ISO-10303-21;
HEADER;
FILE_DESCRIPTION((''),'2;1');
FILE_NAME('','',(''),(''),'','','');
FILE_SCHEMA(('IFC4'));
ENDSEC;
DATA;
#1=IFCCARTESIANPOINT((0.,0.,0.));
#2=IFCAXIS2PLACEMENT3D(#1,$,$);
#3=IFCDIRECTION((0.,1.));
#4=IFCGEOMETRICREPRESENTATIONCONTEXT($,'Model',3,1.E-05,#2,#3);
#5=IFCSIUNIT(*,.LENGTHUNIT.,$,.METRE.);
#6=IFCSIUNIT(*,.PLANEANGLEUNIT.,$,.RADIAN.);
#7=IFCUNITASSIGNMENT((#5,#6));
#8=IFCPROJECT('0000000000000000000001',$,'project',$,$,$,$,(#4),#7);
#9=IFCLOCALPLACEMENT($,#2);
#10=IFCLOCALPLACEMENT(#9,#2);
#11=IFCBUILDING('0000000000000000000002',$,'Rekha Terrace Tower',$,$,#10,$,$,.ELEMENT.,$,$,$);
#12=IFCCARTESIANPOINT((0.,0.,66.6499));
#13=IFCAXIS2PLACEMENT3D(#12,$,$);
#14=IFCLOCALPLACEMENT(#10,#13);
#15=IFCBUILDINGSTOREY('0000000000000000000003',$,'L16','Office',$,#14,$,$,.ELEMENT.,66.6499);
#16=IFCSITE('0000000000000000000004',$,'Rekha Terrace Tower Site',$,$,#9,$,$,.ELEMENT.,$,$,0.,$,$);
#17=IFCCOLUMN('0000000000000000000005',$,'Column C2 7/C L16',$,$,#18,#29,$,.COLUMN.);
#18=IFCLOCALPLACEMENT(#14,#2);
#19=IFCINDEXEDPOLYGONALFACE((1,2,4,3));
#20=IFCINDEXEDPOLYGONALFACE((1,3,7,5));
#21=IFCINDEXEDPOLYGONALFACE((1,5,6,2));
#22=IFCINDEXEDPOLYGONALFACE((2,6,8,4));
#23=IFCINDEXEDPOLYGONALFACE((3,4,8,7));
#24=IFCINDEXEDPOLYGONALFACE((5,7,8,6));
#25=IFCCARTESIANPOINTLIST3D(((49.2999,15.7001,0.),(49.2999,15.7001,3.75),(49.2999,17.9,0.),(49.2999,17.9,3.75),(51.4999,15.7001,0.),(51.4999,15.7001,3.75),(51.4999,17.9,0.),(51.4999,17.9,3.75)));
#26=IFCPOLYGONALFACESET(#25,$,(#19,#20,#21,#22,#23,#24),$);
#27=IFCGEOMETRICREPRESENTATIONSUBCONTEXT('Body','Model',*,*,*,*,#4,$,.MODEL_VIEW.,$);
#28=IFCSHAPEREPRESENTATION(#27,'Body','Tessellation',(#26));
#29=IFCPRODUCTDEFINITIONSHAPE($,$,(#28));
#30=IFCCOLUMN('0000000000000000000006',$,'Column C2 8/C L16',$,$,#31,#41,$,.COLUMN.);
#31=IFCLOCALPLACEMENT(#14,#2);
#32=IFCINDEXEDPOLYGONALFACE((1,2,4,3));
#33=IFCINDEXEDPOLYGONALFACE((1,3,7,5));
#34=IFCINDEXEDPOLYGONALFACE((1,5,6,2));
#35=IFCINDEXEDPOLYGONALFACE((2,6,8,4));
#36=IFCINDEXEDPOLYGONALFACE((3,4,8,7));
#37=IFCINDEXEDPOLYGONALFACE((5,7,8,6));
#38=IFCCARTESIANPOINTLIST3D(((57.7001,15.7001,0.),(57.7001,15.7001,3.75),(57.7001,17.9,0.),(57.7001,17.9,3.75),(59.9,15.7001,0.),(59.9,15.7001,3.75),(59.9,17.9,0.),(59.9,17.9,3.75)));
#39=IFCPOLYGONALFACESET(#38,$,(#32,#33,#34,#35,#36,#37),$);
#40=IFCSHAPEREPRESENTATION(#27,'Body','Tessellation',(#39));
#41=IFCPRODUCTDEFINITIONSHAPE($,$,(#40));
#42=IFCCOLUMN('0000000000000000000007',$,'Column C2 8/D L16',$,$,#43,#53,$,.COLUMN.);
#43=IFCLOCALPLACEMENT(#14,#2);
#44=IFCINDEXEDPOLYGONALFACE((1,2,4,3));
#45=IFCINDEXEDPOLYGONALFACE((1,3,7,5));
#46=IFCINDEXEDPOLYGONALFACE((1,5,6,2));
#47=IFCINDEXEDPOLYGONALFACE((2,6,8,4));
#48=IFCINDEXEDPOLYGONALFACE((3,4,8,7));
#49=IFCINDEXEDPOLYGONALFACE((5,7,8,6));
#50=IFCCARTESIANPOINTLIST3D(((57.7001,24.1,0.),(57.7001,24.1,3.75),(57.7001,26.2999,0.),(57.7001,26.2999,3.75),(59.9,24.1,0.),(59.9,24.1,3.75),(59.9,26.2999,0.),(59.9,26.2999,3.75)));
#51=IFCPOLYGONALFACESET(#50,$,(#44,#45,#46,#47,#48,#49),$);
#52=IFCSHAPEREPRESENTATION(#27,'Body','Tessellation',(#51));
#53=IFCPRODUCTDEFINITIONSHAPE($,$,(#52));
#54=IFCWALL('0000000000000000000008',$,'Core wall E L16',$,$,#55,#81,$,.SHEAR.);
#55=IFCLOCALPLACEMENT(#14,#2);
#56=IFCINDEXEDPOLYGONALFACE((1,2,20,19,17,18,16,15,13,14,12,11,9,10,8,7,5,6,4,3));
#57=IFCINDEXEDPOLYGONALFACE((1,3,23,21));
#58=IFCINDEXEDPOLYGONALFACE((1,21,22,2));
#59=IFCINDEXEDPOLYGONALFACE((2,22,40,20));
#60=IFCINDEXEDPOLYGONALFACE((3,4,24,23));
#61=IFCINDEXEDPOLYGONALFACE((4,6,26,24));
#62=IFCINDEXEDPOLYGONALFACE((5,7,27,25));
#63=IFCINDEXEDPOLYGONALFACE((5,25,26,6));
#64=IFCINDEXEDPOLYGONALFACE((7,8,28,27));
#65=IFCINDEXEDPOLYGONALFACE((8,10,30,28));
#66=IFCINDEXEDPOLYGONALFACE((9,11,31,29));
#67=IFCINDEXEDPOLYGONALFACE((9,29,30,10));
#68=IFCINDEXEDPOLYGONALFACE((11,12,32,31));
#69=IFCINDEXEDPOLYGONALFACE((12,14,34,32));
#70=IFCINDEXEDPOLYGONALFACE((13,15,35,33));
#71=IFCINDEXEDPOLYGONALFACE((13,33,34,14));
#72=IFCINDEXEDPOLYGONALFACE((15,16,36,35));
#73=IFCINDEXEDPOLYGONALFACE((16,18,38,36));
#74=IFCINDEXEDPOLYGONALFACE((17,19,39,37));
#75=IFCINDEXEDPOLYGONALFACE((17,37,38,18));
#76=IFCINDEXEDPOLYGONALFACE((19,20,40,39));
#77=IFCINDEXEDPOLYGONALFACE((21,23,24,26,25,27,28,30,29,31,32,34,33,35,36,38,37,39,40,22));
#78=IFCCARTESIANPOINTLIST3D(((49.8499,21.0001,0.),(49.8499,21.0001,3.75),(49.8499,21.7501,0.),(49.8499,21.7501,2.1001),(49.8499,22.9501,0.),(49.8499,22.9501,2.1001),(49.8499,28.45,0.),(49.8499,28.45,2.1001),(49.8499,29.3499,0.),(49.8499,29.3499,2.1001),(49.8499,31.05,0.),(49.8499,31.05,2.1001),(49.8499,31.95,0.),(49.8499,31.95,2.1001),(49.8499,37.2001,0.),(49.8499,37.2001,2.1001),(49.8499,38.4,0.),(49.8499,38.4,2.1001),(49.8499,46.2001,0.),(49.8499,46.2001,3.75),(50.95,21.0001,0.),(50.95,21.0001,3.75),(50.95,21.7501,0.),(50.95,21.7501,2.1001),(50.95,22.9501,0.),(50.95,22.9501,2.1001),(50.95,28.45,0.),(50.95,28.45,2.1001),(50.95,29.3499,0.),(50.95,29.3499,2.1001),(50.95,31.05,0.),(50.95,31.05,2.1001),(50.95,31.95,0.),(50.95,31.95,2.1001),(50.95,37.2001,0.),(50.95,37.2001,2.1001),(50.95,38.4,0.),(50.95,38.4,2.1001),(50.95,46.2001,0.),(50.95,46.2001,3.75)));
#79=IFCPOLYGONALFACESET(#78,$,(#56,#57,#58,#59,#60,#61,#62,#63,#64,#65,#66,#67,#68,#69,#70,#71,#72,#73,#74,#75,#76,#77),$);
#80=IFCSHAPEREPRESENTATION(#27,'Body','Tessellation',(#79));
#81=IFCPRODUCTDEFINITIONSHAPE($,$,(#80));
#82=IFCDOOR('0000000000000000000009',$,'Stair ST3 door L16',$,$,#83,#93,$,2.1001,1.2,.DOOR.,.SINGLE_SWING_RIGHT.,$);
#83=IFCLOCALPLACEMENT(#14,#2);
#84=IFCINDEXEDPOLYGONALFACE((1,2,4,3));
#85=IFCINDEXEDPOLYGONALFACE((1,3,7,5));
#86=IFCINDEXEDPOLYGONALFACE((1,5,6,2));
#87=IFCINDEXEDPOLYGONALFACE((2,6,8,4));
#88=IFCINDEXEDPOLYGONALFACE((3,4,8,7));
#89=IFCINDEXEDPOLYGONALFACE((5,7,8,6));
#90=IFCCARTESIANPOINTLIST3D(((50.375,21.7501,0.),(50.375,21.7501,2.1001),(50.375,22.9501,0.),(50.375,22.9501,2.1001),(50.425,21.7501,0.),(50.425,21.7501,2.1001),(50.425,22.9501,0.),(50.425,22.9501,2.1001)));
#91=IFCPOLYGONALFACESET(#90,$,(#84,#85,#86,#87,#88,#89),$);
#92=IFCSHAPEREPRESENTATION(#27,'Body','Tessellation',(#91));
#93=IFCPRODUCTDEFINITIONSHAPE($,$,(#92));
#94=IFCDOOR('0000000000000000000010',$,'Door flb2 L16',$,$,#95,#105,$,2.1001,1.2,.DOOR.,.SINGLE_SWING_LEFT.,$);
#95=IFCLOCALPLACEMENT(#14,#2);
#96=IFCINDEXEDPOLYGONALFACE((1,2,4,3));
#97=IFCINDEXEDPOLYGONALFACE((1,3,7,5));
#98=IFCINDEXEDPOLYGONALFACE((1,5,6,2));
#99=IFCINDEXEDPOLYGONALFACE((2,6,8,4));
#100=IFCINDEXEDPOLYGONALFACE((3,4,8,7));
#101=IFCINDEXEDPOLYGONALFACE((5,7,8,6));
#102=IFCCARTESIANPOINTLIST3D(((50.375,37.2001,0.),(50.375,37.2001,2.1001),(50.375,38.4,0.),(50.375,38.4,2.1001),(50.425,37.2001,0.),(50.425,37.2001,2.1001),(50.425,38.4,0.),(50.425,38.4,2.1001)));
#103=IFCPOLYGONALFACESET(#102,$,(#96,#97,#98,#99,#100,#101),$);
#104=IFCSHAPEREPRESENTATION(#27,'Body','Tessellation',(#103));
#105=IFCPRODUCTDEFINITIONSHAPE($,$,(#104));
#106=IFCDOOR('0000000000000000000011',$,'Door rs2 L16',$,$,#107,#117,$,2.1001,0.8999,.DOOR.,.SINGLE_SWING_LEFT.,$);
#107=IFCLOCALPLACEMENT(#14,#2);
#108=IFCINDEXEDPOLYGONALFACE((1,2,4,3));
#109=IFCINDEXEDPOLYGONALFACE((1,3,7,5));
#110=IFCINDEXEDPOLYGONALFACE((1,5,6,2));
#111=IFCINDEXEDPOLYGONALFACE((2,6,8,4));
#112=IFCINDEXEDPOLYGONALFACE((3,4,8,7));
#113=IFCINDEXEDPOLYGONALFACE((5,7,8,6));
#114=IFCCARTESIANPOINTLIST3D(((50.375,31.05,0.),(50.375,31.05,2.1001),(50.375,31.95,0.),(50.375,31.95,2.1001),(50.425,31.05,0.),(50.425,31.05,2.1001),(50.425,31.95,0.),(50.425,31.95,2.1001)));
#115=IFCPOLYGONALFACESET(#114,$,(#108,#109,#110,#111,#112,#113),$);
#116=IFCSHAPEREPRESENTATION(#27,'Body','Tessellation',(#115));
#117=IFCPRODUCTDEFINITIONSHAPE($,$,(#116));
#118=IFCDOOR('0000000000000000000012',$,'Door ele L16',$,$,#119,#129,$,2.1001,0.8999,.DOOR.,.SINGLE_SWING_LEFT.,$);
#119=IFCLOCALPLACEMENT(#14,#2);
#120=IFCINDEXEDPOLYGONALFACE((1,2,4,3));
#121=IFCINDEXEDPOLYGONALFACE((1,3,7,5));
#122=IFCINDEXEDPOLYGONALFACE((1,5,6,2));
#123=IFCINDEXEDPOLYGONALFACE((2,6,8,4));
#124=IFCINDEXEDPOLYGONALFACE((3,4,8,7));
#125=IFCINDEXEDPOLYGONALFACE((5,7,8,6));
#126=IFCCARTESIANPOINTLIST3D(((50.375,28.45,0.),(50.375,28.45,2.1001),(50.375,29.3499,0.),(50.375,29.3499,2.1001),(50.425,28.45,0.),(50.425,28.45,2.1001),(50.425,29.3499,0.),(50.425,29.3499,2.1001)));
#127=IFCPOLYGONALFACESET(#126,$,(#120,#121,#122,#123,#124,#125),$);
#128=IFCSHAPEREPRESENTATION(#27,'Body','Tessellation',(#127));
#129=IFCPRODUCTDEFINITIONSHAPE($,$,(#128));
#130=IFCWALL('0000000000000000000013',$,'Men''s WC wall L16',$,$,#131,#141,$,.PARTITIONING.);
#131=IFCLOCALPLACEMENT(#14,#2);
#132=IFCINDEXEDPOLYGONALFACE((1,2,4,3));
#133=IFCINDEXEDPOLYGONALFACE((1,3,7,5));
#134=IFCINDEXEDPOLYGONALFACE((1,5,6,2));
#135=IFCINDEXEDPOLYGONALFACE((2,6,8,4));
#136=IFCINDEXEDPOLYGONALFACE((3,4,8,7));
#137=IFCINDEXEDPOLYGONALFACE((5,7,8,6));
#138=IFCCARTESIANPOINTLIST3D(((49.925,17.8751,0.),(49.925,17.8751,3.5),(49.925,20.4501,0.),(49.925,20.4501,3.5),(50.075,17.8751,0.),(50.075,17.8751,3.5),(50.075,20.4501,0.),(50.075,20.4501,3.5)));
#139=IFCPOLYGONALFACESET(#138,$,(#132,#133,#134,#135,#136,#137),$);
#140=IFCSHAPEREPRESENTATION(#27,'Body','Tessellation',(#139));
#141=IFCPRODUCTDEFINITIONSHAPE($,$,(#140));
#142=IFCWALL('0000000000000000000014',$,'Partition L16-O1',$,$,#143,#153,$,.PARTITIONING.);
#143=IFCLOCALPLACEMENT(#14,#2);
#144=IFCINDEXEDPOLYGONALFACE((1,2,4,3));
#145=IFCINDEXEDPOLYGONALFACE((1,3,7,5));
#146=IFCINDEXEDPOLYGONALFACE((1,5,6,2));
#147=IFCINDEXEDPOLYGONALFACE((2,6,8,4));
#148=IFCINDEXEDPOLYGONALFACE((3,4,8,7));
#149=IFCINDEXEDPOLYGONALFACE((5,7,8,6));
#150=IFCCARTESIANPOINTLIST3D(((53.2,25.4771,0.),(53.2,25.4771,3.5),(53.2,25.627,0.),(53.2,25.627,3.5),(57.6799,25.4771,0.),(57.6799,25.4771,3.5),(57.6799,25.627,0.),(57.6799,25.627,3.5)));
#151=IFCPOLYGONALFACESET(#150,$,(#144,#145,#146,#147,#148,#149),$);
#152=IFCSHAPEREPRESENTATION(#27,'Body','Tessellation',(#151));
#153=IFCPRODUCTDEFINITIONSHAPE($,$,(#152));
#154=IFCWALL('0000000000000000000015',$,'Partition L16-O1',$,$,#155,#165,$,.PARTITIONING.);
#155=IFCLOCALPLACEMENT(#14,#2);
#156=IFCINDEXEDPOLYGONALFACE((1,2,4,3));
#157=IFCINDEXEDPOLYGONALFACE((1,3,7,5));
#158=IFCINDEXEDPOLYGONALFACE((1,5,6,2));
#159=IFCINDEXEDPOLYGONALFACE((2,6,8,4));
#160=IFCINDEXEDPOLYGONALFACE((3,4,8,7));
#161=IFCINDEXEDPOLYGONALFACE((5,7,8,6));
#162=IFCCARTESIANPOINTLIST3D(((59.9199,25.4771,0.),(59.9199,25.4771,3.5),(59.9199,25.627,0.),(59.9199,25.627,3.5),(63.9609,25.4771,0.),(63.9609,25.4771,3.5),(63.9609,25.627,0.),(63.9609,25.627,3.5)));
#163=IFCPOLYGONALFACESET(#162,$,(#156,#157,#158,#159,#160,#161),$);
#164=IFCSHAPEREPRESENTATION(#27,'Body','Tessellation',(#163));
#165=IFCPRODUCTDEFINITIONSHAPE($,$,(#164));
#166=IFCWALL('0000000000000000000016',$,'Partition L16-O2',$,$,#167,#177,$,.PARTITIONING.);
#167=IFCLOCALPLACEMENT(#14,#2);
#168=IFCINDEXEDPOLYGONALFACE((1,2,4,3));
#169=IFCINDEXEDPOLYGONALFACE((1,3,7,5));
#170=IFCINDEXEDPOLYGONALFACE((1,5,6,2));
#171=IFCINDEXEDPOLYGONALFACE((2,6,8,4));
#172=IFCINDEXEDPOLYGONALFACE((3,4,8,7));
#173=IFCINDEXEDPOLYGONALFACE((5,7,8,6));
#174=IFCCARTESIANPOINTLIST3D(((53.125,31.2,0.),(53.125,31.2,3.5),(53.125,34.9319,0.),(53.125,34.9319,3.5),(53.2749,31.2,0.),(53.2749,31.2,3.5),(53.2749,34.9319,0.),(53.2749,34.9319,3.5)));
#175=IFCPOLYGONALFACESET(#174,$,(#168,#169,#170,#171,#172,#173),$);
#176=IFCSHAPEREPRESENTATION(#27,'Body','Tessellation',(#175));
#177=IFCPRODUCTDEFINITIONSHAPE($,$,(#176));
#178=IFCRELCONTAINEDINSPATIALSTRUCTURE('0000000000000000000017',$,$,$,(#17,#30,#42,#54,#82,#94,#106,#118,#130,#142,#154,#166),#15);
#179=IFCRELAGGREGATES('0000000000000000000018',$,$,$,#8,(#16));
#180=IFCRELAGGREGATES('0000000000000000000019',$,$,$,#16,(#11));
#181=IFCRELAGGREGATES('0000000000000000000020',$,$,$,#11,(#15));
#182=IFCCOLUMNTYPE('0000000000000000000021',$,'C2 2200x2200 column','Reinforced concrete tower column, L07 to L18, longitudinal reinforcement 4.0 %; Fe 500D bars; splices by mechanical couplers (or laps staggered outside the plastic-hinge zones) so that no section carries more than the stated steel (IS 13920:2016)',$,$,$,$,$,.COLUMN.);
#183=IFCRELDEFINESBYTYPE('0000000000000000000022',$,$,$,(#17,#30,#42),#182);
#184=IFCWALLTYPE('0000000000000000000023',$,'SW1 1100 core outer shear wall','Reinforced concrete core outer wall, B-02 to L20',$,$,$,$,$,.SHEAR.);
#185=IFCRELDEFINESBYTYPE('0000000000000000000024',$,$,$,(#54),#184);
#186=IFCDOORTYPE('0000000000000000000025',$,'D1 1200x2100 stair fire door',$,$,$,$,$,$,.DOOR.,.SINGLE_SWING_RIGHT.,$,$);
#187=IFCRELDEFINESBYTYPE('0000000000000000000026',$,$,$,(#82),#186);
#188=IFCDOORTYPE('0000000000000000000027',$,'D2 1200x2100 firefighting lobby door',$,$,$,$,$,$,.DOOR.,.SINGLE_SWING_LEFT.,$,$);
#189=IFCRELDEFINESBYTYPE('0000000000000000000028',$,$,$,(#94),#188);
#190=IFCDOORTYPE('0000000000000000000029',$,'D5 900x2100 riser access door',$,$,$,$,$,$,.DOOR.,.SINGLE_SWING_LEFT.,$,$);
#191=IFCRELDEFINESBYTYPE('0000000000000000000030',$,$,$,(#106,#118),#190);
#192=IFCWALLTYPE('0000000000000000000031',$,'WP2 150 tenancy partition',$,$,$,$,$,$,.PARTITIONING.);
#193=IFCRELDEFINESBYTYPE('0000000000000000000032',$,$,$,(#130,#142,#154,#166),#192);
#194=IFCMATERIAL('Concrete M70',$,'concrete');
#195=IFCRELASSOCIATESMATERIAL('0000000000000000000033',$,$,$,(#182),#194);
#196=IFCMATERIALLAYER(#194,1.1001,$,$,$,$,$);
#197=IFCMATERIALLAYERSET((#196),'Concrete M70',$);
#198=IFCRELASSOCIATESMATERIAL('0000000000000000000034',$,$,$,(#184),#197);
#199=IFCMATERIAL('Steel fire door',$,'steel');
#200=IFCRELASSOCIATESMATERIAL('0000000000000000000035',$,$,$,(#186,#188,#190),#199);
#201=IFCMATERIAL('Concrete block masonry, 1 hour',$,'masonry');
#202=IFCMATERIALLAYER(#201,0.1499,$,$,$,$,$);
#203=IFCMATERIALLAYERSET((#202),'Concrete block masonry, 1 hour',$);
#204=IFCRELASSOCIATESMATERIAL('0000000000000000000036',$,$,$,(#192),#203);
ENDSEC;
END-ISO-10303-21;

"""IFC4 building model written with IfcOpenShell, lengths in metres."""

from ifc_helpers import new_model, si_unit, direction, frame, frame_2d, origin, origin_2d, place, context, subcontext, project, spatial, rectangle, extrude, material, layer, layer_set, material_profile, profile_set, type_object, element, fill, save


model = new_model("IFC4")

# Units and contexts
model_context = context("Model", 3, precision=1e-05, world=origin(), true_north=direction((0.0, 1.0)))
body_context = subcontext(model_context, "Body", "Model", "MODEL_VIEW")
ifc_project = project(units=[si_unit("LENGTHUNIT", "METRE"), si_unit("PLANEANGLEUNIT", "RADIAN")], contexts=[model_context])

# Site, building, storey
site_placement = place(None, origin())
site = spatial("IfcSite", under=ifc_project, at=site_placement, Name="Rekha Terrace Tower Site", CompositionType="ELEMENT", RefElevation=0.0)
building_placement = place(site_placement, origin())
building = spatial("IfcBuilding", under=site, at=building_placement, Name="Rekha Terrace Tower", CompositionType="ELEMENT")
storey_placement = place(building_placement, frame((0.0, 0.0, 66.6499)))
storey = spatial("IfcBuildingStorey", under=building, at=storey_placement, Name="L16", Description="Office", CompositionType="ELEMENT", Elevation=66.6499)

# Columns
ifc_material_1 = material(Name="Concrete M70", Category="concrete")
ifc_material_profile = material_profile(ifc_material_1, rectangle(XDim=2.2, YDim=2.2, at=origin_2d()), Name="RC 2200x2200")
ifc_profile_set = profile_set([ifc_material_profile], Name="Concrete M70")
column_type = type_object("IfcColumnType", Name="C2 2200x2200 column", Description="Reinforced concrete tower column, L07 to L18, longitudinal reinforcement 4.0 %; Fe 500D bars; splices by mechanical couplers (or laps staggered outside the plastic-hinge zones) so that no section carries more than the stated steel (IS 13920:2016)", PredefinedType="COLUMN", material=ifc_profile_set)
for number, where, z_axis, x_axis, name in (
    (1, (50.3999, 16.8, 0.0), (0.0, 0.0, 1.0), (1.0, 0.0, 0.0), "Column C2 7/C L16"),
    (2, (58.8, 16.8, 0.0), (0.0, 0.0, 1.0), (1.0, 0.0, 0.0), "Column C2 8/C L16"),
    (3, (58.8, 25.2, 0.0), (0.0, 0.0, 1.0), (1.0, 0.0, 0.0), "Column C2 8/D L16"),
):
    element("IfcColumn", number, at=place(storey_placement, frame(where, z_axis=z_axis, x_axis=x_axis)), inside=storey, type_object=column_type, Name=name, PredefinedType="COLUMN", context=body_context, shape_type="SweptSolid", body=[
        extrude(rectangle(XDim=2.2, YDim=2.2, at=origin_2d()), origin(), (0.0, 0.0, 1.0), 3.75),
    ])

# Wall, openings, doors
ifc_layer_1 = layer(ifc_material_1, 1.1001)
ifc_layer_set_1 = layer_set([ifc_layer_1], Name="Concrete M70")
wall_type_1 = type_object("IfcWallType", Name="SW1 1100 core outer shear wall", Description="Reinforced concrete core outer wall, B-02 to L20", PredefinedType="SHEAR", material=ifc_layer_set_1)
wall_1_placement = place(storey_placement, frame((50.3999, 21.0, 0.0), z_axis=(0.0, 0.0, 1.0), x_axis=(0.0, 1.0, 0.0)))
wall_1 = element("IfcWall", 4, at=wall_1_placement, inside=storey, type_object=wall_type_1, Name="Core wall E L16", PredefinedType="SHEAR", context=body_context, shape_type="SweptSolid", body=[
    extrude(rectangle(XDim=25.2, YDim=1.1001, at=frame_2d((12.6001, 0.0))), origin(), (0.0, 0.0, 1.0), 3.75),
])
opening_1_placement = place(wall_1_placement, frame((16.2, 0.0, 0.0)))
opening_1 = element("IfcOpeningElement", 5, at=opening_1_placement, cuts=wall_1, PredefinedType="OPENING", context=body_context, shape_type="SweptSolid", body=[
    extrude(rectangle(XDim=1.2, YDim=2.1001, at=frame_2d((0.6001, 1.05))), frame((0.0, 0.5601, 0.0), z_axis=(0.0, -1.0, 0.0), x_axis=(1.0, 0.0, 0.0)), (0.0, 0.0, 1.0), 1.1201),
])
opening_2_placement = place(wall_1_placement, frame((10.05, 0.0, 0.0)))
opening_2 = element("IfcOpeningElement", 6, at=opening_2_placement, cuts=wall_1, PredefinedType="OPENING", context=body_context, shape_type="SweptSolid", body=[
    extrude(rectangle(XDim=0.8999, YDim=2.1001, at=frame_2d((0.45, 1.05))), frame((0.0, 0.5601, 0.0), z_axis=(0.0, -1.0, 0.0), x_axis=(1.0, 0.0, 0.0)), (0.0, 0.0, 1.0), 1.1201),
])
opening_3_placement = place(wall_1_placement, frame((7.45, 0.0, 0.0)))
opening_3 = element("IfcOpeningElement", 7, at=opening_3_placement, cuts=wall_1, PredefinedType="OPENING", context=body_context, shape_type="SweptSolid", body=[
    extrude(rectangle(XDim=0.8999, YDim=2.1001, at=frame_2d((0.45, 1.05))), frame((0.0, 0.5601, 0.0), z_axis=(0.0, -1.0, 0.0), x_axis=(1.0, 0.0, 0.0)), (0.0, 0.0, 1.0), 1.1201),
])
opening_4_placement = place(wall_1_placement, frame((0.75, 0.0, 0.0)))
opening_4 = element("IfcOpeningElement", 8, at=opening_4_placement, cuts=wall_1, PredefinedType="OPENING", context=body_context, shape_type="SweptSolid", body=[
    extrude(rectangle(XDim=1.2, YDim=2.1001, at=frame_2d((0.6001, 1.05))), frame((0.0, 0.5601, 0.0), z_axis=(0.0, -1.0, 0.0), x_axis=(1.0, 0.0, 0.0)), (0.0, 0.0, 1.0), 1.1201),
])
ifc_material_2 = material(Name="Steel fire door", Category="steel")
door_type_1 = type_object("IfcDoorType", Name="D1 1200x2100 stair fire door", OperationType="SINGLE_SWING_RIGHT", PredefinedType="DOOR", material=ifc_material_2)
door_1_placement = place(opening_4_placement, origin())
door_1 = element("IfcDoor", 9, at=door_1_placement, inside=storey, type_object=door_type_1, Name="Stair ST3 door L16", OperationType="SINGLE_SWING_RIGHT", OverallHeight=2.1001, OverallWidth=1.2, PredefinedType="DOOR", context=body_context, shape_type="SweptSolid", body=[
    extrude(rectangle(XDim=1.2, YDim=2.1001, at=frame_2d((0.6001, 1.05))), frame((0.0, 0.0249, 0.0), z_axis=(0.0, -1.0, 0.0), x_axis=(1.0, 0.0, 0.0)), (0.0, 0.0, 1.0), 0.05),
])
fill(opening_4, door_1)
door_type_2 = type_object("IfcDoorType", Name="D2 1200x2100 firefighting lobby door", OperationType="SINGLE_SWING_LEFT", PredefinedType="DOOR", material=ifc_material_2)
door_2_placement = place(opening_1_placement, origin())
door_2 = element("IfcDoor", 10, at=door_2_placement, inside=storey, type_object=door_type_2, Name="Door flb2 L16", OperationType="SINGLE_SWING_LEFT", OverallHeight=2.1001, OverallWidth=1.2, PredefinedType="DOOR", context=body_context, shape_type="SweptSolid", body=[
    extrude(rectangle(XDim=1.2, YDim=2.1001, at=frame_2d((0.6001, 1.05))), frame((0.0, 0.0249, 0.0), z_axis=(0.0, -1.0, 0.0), x_axis=(1.0, 0.0, 0.0)), (0.0, 0.0, 1.0), 0.05),
])
fill(opening_1, door_2)
door_type_3 = type_object("IfcDoorType", Name="D5 900x2100 riser access door", OperationType="SINGLE_SWING_LEFT", PredefinedType="DOOR", material=ifc_material_2)
door_3_placement = place(opening_2_placement, origin())
door_3 = element("IfcDoor", 11, at=door_3_placement, inside=storey, type_object=door_type_3, Name="Door rs2 L16", OperationType="SINGLE_SWING_LEFT", OverallHeight=2.1001, OverallWidth=0.8999, PredefinedType="DOOR", context=body_context, shape_type="SweptSolid", body=[
    extrude(rectangle(XDim=0.8999, YDim=2.1001, at=frame_2d((0.45, 1.05))), frame((0.0, 0.0249, 0.0), z_axis=(0.0, -1.0, 0.0), x_axis=(1.0, 0.0, 0.0)), (0.0, 0.0, 1.0), 0.05),
])
fill(opening_2, door_3)
door_4_placement = place(opening_3_placement, origin())
door_4 = element("IfcDoor", 12, at=door_4_placement, inside=storey, type_object=door_type_3, Name="Door ele L16", OperationType="SINGLE_SWING_LEFT", OverallHeight=2.1001, OverallWidth=0.8999, PredefinedType="DOOR", context=body_context, shape_type="SweptSolid", body=[
    extrude(rectangle(XDim=0.8999, YDim=2.1001, at=frame_2d((0.45, 1.05))), frame((0.0, 0.0249, 0.0), z_axis=(0.0, -1.0, 0.0), x_axis=(1.0, 0.0, 0.0)), (0.0, 0.0, 1.0), 0.05),
])
fill(opening_3, door_4)

# Walls
ifc_material_3 = material(Name="Concrete block masonry, 1 hour", Category="masonry")
ifc_layer_2 = layer(ifc_material_3, 0.1499)
ifc_layer_set_2 = layer_set([ifc_layer_2], Name="Concrete block masonry, 1 hour")
wall_type_2 = type_object("IfcWallType", Name="WP2 150 tenancy partition", PredefinedType="PARTITIONING", material=ifc_layer_set_2)
wall_2_placement = place(storey_placement, frame((50.0, 17.875, 0.0), z_axis=(0.0, 0.0, 1.0), x_axis=(0.0, 1.0, 0.0)))
element("IfcWall", 13, at=wall_2_placement, inside=storey, type_object=wall_type_2, Name="Men's WC wall L16", PredefinedType="PARTITIONING", context=body_context, shape_type="SweptSolid", body=[
    extrude(rectangle(XDim=2.575, YDim=0.1499, at=frame_2d((1.2876, 0.0))), origin(), (0.0, 0.0, 1.0), 3.5),
])
wall_3_placement = place(storey_placement, frame((53.2, 25.552, 0.0), z_axis=(0.0, 0.0, 1.0), x_axis=(1.0, 0.0, 0.0)))
element("IfcWall", 14, at=wall_3_placement, inside=storey, type_object=wall_type_2, Name="Partition L16-O1", PredefinedType="PARTITIONING", context=body_context, shape_type="SweptSolid", body=[
    extrude(rectangle(XDim=4.48, YDim=0.1499, at=frame_2d((2.24, 0.0))), origin(), (0.0, 0.0, 1.0), 3.5),
])
wall_4_placement = place(storey_placement, frame((59.9199, 25.552, 0.0), z_axis=(0.0, 0.0, 1.0), x_axis=(1.0, 0.0, 0.0)))
element("IfcWall", 15, at=wall_4_placement, inside=storey, type_object=wall_type_2, Name="Partition L16-O1", PredefinedType="PARTITIONING", context=body_context, shape_type="SweptSolid", body=[
    extrude(rectangle(XDim=4.041, YDim=0.1499, at=frame_2d((2.0205, 0.0))), origin(), (0.0, 0.0, 1.0), 3.5),
])
wall_5_placement = place(storey_placement, frame((53.2, 31.2, 0.0), z_axis=(0.0, 0.0, 1.0), x_axis=(0.0, 1.0, 0.0)))
element("IfcWall", 16, at=wall_5_placement, inside=storey, type_object=wall_type_2, Name="Partition L16-O2", PredefinedType="PARTITIONING", context=body_context, shape_type="SweptSolid", body=[
    extrude(rectangle(XDim=3.7319, YDim=0.1499, at=frame_2d((1.866, 0.0))), origin(), (0.0, 0.0, 1.0), 3.5),
])

save(model, "model.ifc")
